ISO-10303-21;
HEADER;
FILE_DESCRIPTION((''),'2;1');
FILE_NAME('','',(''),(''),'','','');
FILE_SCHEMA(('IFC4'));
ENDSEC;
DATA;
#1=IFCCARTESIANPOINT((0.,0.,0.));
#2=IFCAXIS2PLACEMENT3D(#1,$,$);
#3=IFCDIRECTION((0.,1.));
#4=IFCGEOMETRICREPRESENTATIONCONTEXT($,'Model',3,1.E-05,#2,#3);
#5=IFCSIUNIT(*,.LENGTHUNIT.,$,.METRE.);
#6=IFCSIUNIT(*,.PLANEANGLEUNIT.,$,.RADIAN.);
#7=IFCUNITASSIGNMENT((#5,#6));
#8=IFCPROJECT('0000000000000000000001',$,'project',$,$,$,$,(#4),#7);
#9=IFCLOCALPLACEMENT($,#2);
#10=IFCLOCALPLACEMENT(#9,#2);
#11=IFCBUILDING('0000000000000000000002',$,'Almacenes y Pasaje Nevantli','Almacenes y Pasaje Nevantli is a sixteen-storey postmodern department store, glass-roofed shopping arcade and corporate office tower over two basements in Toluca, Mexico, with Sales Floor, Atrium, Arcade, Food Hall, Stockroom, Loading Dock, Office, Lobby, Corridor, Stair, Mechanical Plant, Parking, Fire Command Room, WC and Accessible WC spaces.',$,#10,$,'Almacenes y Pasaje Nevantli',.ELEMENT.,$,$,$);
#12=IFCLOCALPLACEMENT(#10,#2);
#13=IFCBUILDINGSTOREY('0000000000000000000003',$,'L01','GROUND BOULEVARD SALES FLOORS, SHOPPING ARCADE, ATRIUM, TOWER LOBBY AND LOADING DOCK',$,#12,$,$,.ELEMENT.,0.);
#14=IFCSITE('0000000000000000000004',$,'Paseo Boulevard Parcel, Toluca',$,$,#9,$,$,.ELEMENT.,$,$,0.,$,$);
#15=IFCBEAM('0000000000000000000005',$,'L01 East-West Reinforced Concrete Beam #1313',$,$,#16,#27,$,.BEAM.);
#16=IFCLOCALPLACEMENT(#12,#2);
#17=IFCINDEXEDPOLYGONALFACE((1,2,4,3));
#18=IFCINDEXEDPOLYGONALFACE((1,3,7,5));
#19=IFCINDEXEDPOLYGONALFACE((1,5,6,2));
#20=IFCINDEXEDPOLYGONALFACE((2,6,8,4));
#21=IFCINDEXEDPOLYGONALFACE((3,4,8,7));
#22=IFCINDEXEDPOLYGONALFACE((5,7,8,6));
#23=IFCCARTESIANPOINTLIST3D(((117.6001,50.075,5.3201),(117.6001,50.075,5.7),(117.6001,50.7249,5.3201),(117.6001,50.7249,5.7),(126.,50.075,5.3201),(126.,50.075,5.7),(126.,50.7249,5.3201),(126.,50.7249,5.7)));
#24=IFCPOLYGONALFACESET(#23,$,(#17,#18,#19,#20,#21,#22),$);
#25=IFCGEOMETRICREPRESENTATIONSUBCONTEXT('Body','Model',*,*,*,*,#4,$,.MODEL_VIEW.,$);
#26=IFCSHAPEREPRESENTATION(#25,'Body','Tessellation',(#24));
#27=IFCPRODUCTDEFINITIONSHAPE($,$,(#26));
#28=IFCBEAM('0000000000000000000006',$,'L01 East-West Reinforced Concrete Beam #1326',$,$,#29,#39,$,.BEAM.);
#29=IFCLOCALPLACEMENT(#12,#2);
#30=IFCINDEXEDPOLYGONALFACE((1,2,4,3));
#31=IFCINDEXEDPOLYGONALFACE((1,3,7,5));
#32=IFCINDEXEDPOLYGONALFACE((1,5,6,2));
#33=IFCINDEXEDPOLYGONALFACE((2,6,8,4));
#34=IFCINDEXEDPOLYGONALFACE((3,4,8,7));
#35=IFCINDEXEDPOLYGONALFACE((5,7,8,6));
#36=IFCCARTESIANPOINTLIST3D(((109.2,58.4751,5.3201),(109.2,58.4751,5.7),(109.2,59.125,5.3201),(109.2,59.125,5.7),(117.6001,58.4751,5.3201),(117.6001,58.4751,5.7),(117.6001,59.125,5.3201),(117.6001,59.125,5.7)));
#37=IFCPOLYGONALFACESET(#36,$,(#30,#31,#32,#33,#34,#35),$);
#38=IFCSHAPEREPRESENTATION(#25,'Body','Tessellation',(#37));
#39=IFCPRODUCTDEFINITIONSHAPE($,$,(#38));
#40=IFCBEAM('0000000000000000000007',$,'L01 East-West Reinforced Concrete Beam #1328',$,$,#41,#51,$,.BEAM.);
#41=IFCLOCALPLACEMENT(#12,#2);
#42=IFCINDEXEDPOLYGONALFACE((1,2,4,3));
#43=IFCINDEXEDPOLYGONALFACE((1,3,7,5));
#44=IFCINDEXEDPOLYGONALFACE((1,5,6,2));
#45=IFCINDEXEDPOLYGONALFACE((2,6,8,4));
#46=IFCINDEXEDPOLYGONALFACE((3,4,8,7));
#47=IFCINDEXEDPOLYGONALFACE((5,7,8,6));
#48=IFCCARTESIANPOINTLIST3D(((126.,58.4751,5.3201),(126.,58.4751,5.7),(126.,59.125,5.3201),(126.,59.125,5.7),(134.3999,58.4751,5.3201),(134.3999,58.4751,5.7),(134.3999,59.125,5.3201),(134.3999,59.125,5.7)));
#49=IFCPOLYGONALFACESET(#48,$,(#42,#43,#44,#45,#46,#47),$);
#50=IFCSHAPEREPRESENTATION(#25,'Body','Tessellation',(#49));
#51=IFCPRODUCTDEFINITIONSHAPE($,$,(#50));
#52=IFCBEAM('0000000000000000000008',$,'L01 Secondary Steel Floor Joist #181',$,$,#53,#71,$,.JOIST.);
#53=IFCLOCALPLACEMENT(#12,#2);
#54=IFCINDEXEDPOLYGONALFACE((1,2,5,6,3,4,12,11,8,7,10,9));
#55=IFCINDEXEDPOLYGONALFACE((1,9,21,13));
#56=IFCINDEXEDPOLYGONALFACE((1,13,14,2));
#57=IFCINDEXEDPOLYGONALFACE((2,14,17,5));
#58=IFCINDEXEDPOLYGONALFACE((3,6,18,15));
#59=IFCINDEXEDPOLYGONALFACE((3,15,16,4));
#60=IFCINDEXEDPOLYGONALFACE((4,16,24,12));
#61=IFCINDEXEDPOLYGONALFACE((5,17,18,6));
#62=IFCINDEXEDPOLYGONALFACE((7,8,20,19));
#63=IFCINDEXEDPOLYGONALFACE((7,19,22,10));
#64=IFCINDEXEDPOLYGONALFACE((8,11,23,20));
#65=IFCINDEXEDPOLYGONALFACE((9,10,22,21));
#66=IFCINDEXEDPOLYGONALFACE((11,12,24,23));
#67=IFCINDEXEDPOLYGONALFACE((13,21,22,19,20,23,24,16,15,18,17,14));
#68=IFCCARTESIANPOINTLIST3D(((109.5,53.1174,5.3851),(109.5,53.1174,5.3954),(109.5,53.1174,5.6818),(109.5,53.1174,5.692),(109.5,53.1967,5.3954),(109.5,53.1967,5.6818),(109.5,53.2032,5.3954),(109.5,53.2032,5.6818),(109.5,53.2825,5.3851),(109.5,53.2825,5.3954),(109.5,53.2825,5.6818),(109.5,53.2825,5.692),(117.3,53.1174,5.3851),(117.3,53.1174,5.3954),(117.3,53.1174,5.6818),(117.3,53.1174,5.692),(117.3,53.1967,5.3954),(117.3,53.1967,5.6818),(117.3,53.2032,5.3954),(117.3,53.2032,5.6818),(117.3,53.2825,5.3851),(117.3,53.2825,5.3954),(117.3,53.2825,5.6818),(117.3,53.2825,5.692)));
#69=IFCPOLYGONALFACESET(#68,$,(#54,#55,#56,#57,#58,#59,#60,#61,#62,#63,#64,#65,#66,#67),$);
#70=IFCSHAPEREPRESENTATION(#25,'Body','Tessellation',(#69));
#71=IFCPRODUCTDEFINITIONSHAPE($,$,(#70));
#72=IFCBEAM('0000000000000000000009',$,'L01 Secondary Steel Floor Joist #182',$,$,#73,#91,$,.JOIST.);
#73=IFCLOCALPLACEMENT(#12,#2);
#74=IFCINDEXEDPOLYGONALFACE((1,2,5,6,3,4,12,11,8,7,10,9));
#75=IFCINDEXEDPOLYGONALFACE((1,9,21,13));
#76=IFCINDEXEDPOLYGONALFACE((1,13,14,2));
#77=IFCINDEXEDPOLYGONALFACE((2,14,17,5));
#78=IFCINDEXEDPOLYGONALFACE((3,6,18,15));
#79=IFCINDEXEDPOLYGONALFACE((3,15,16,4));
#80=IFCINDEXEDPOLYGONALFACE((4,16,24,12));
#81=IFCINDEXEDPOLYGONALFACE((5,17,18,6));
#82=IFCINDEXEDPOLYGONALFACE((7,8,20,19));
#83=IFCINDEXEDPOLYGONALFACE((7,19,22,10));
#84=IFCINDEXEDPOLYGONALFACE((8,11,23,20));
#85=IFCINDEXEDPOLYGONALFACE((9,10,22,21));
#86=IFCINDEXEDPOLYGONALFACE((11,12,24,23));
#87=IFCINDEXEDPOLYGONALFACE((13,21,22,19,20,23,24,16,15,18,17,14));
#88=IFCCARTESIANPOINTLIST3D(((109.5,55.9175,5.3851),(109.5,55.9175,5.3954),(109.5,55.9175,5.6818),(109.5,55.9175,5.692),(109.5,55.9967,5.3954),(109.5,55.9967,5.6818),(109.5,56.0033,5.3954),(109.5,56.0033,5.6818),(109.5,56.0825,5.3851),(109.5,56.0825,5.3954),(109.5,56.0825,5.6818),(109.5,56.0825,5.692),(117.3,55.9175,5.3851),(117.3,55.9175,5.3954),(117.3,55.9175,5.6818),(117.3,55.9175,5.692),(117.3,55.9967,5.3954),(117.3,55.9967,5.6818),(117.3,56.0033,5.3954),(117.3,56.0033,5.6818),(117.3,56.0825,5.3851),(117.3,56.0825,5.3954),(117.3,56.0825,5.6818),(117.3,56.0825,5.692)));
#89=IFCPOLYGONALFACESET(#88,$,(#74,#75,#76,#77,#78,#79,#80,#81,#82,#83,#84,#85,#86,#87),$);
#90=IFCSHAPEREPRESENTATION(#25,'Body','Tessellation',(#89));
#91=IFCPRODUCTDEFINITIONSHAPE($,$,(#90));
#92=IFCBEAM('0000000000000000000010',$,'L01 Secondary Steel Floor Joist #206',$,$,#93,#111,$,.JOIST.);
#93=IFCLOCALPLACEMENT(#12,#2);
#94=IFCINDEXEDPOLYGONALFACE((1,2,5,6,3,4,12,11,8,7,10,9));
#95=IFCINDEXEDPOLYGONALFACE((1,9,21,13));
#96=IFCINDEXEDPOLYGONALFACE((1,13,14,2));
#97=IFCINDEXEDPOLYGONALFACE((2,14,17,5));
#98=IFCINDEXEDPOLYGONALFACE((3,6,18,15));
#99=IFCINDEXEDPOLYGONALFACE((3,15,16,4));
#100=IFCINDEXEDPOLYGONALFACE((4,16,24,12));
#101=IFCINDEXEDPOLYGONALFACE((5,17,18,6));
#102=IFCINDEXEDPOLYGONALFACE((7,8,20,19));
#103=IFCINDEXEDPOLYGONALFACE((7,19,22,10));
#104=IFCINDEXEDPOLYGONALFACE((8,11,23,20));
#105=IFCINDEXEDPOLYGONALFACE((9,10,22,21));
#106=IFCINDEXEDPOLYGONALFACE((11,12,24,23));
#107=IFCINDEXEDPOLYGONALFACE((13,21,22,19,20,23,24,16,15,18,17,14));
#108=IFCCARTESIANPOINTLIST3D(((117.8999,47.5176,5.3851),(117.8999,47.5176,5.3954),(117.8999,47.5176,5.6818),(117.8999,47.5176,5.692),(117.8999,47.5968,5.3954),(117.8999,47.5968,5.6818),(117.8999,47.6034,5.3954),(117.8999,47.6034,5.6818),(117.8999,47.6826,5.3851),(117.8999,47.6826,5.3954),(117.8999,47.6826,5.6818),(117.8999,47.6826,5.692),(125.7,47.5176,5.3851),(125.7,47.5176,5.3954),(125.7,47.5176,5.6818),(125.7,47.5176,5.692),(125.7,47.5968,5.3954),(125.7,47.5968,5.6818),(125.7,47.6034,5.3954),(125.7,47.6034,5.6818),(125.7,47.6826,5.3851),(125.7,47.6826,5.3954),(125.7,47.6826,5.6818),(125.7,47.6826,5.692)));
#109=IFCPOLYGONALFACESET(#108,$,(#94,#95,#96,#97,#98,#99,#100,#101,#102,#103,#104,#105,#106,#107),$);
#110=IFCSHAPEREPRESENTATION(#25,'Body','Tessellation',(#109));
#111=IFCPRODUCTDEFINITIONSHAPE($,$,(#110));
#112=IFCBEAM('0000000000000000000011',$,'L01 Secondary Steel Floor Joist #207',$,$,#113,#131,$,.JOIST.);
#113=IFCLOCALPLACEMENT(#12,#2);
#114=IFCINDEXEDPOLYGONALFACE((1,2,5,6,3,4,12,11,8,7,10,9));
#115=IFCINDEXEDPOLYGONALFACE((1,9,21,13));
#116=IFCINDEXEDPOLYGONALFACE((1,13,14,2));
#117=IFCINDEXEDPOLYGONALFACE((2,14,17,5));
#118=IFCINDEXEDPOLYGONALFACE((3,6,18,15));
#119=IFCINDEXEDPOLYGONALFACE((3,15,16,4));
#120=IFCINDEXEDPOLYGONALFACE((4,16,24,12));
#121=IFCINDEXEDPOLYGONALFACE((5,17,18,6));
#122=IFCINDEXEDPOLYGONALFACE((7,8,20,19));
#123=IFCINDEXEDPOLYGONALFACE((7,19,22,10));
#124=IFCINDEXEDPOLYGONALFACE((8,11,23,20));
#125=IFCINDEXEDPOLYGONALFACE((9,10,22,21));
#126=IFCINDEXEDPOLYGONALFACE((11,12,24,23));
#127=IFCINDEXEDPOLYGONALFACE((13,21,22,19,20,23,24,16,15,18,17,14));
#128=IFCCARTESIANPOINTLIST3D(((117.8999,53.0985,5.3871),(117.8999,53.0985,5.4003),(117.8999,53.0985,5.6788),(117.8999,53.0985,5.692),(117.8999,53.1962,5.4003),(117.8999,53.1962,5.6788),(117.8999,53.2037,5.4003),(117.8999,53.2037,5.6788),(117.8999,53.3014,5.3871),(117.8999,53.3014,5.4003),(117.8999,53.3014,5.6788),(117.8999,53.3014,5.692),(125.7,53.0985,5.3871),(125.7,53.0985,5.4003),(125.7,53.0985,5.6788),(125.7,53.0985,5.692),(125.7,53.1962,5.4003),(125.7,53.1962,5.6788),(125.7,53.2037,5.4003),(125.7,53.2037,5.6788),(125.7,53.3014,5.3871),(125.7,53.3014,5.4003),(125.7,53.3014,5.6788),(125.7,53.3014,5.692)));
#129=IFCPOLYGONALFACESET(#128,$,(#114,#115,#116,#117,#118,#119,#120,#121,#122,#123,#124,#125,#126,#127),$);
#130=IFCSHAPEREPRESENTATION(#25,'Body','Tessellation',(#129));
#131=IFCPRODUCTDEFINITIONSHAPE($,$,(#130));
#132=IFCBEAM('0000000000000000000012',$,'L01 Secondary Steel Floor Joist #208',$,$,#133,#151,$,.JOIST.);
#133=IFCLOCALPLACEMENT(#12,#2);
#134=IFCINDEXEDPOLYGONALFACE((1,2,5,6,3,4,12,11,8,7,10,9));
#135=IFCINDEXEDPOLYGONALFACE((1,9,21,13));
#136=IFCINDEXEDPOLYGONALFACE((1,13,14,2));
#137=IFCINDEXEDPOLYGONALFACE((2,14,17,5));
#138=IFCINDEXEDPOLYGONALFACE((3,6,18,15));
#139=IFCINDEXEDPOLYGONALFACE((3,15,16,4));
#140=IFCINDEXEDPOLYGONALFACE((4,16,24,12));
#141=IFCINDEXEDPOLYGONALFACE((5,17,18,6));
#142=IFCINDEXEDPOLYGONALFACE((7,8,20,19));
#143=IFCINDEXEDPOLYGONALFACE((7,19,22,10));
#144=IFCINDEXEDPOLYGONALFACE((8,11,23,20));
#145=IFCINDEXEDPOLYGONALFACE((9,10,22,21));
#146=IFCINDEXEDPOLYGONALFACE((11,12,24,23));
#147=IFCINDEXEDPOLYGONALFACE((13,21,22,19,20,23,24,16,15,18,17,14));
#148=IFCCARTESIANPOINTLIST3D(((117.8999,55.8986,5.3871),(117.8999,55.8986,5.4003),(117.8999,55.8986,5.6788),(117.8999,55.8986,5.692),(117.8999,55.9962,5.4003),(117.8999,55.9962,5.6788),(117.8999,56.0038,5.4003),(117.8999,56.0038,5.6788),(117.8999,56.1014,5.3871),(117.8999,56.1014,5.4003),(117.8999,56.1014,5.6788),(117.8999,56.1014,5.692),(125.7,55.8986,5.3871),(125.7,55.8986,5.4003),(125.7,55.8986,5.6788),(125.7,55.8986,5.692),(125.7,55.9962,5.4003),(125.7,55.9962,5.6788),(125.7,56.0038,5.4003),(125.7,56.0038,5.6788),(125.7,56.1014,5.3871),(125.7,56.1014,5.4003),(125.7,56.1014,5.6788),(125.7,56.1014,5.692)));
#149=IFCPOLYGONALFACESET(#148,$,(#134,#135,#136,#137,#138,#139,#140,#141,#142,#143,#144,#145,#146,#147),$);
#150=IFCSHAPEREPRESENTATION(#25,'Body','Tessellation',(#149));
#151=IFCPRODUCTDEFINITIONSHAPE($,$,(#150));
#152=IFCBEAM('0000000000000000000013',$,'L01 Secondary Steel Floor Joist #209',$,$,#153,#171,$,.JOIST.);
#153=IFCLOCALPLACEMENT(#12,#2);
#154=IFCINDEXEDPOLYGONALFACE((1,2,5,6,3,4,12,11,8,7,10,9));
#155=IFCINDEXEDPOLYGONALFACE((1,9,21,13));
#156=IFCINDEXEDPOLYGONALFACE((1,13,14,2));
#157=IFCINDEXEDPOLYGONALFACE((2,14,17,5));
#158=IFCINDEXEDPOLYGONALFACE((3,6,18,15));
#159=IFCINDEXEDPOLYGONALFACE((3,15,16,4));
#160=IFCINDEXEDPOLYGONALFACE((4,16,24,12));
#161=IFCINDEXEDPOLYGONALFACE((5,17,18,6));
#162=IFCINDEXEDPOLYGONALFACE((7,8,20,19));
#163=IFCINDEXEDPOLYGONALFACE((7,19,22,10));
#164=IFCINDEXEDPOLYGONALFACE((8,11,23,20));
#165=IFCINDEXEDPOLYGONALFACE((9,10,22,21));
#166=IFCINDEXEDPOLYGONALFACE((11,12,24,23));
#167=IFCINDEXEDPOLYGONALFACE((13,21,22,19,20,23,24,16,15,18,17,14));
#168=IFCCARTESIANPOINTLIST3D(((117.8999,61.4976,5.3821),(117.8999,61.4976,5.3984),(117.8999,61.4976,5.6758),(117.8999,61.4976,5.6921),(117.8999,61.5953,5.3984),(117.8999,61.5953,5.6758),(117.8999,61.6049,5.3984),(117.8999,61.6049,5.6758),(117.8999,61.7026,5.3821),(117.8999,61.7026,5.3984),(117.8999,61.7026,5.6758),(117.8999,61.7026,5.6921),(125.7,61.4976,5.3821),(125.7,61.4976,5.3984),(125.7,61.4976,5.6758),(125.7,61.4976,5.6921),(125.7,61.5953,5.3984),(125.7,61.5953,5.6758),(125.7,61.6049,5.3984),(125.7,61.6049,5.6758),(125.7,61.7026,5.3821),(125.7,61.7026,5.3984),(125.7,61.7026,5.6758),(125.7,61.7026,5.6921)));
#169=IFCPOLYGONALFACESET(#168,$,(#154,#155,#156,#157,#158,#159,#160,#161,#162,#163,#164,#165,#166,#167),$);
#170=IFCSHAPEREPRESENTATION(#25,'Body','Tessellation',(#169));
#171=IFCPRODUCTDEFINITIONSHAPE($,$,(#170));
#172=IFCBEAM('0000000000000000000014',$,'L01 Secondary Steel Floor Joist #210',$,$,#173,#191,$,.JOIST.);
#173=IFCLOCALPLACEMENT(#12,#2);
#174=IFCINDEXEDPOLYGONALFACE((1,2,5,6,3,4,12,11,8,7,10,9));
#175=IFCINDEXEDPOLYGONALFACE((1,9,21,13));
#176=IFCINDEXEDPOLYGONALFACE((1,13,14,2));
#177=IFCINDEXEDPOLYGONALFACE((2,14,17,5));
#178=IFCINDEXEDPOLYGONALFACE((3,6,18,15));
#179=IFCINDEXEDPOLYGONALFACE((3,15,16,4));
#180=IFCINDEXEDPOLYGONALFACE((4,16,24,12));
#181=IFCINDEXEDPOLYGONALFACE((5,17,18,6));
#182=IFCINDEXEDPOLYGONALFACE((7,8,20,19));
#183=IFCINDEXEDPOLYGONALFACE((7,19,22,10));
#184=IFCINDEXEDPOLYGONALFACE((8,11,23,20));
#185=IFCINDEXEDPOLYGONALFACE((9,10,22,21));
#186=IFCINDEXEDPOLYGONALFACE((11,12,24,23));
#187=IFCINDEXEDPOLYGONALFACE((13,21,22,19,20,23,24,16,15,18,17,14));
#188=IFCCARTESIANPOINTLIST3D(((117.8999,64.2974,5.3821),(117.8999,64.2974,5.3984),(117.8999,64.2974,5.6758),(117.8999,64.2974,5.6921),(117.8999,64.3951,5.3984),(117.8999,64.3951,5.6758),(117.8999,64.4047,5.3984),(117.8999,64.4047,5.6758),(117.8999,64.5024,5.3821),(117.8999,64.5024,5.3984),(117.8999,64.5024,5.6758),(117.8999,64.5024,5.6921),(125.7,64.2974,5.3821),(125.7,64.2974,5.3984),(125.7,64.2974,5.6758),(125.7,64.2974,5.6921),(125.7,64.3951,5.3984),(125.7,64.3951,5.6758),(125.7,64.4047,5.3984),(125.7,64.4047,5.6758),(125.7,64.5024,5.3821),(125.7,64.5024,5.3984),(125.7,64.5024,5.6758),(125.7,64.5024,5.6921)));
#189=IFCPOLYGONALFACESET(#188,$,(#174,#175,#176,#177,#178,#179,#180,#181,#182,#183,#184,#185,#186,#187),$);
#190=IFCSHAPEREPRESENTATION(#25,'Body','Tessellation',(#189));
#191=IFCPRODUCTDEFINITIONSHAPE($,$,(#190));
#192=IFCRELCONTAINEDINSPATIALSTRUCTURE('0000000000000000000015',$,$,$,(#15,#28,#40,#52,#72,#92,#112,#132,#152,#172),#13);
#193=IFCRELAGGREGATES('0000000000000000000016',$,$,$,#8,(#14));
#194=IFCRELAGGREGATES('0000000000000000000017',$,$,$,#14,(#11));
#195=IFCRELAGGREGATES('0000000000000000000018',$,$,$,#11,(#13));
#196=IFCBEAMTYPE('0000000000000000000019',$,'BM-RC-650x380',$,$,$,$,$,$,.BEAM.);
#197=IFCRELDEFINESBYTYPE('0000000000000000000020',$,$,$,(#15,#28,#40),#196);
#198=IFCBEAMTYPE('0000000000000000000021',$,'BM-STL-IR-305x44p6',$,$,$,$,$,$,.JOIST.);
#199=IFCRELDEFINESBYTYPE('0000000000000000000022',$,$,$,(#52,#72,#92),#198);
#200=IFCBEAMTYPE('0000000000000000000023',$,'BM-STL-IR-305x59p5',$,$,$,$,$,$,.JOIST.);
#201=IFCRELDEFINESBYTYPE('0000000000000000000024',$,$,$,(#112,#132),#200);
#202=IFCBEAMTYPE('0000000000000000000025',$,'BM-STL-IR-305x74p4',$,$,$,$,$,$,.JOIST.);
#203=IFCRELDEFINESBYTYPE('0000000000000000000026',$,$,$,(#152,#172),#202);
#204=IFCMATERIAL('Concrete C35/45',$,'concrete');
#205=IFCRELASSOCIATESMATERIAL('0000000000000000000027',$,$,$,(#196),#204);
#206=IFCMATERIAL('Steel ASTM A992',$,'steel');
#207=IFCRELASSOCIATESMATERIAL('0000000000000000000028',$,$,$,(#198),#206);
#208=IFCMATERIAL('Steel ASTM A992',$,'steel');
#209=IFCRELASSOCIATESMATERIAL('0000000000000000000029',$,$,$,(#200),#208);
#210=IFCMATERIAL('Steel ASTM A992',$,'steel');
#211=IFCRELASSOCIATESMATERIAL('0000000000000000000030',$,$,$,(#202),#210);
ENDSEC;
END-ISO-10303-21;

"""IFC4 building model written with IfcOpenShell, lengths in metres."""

from ifc_helpers import new_model, si_unit, direction, frame, origin, origin_2d, place, context, subcontext, project, spatial, rectangle, i_section, extrude, material, material_profile, profile_set, type_object, element, save


model = new_model("IFC4")

# Units and contexts
model_context = context("Model", 3, precision=1e-05, world=origin(), true_north=direction((0.0, 1.0)))
body_context = subcontext(model_context, "Body", "Model", "MODEL_VIEW")
ifc_project = project(units=[si_unit("LENGTHUNIT", "METRE"), si_unit("PLANEANGLEUNIT", "RADIAN")], contexts=[model_context])

# Site, building, storey
site_placement = place(None, origin())
site = spatial("IfcSite", under=ifc_project, at=site_placement, Name="Paseo Boulevard Parcel, Toluca", CompositionType="ELEMENT", RefElevation=0.0)
building_placement = place(site_placement, origin())
building = spatial("IfcBuilding", under=site, at=building_placement, Name="Almacenes y Pasaje Nevantli", Description="Almacenes y Pasaje Nevantli is a sixteen-storey postmodern department store, glass-roofed shopping arcade and corporate office tower over two basements in Toluca, Mexico, with Sales Floor, Atrium, Arcade, Food Hall, Stockroom, Loading Dock, Office, Lobby, Corridor, Stair, Mechanical Plant, Parking, Fire Command Room, WC and Accessible WC spaces.", LongName="Almacenes y Pasaje Nevantli", CompositionType="ELEMENT")
storey_placement = place(building_placement, origin())
storey = spatial("IfcBuildingStorey", under=building, at=storey_placement, Name="L01", Description="GROUND BOULEVARD SALES FLOORS, SHOPPING ARCADE, ATRIUM, TOWER LOBBY AND LOADING DOCK", CompositionType="ELEMENT", Elevation=0.0)

# Beams
ifc_material_1 = material(Name="Concrete C35/45", Category="concrete")
ifc_material_profile_1 = material_profile(ifc_material_1, rectangle(XDim=0.6499, YDim=0.3799, at=origin_2d()), Name="RC-BM-650x380")
ifc_profile_set_1 = profile_set([ifc_material_profile_1], Name="Concrete C35/45")
beam_type_1 = type_object("IfcBeamType", Name="BM-RC-650x380", PredefinedType="BEAM", material=ifc_profile_set_1)
beam_1_placement = place(storey_placement, frame((117.6001, 50.3999, 5.51), z_axis=(1.0, 0.0, 0.0), x_axis=(0.0, 1.0, 0.0)))
element("IfcBeam", 1, at=beam_1_placement, inside=storey, type_object=beam_type_1, Name="L01 East-West Reinforced Concrete Beam #1313", PredefinedType="BEAM", context=body_context, shape_type="SweptSolid", body=[
    extrude(rectangle(XDim=0.6499, YDim=0.3799, at=origin_2d()), origin(), (0.0, 0.0, 1.0), 8.3999),
])
beam_2_placement = place(storey_placement, frame((109.2, 58.8, 5.51), z_axis=(1.0, 0.0, 0.0), x_axis=(0.0, 1.0, 0.0)))
element("IfcBeam", 2, at=beam_2_placement, inside=storey, type_object=beam_type_1, Name="L01 East-West Reinforced Concrete Beam #1326", PredefinedType="BEAM", context=body_context, shape_type="SweptSolid", body=[
    extrude(rectangle(XDim=0.6499, YDim=0.3799, at=origin_2d()), origin(), (0.0, 0.0, 1.0), 8.4001),
])
beam_3_placement = place(storey_placement, frame((126.0, 58.8, 5.51), z_axis=(1.0, 0.0, 0.0), x_axis=(0.0, 1.0, 0.0)))
element("IfcBeam", 3, at=beam_3_placement, inside=storey, type_object=beam_type_1, Name="L01 East-West Reinforced Concrete Beam #1328", PredefinedType="BEAM", context=body_context, shape_type="SweptSolid", body=[
    extrude(rectangle(XDim=0.6499, YDim=0.3799, at=origin_2d()), origin(), (0.0, 0.0, 1.0), 8.3999),
])
ifc_material_2 = material(Name="Steel ASTM A992", Category="steel")
ifc_material_profile_2 = material_profile(ifc_material_2, i_section(OverallWidth=0.165, OverallDepth=0.3069, WebThickness=0.0066, FlangeThickness=0.0103, at=origin_2d()), Name="IR 305x44.6")
ifc_profile_set_2 = profile_set([ifc_material_profile_2], Name="Steel ASTM A992")
beam_type_2 = type_object("IfcBeamType", Name="BM-STL-IR-305x44p6", PredefinedType="JOIST", material=ifc_profile_set_2)
for number, where, z_axis, x_axis, name in (
    (4, (109.5, 53.2, 5.5386), (1.0, 0.0, 0.0), (0.0, 1.0, 0.0), "L01 Secondary Steel Floor Joist #181"),
    (5, (109.5, 56.0, 5.5386), (1.0, 0.0, 0.0), (0.0, 1.0, 0.0), "L01 Secondary Steel Floor Joist #182"),
    (6, (117.8999, 47.6001, 5.5386), (1.0, 0.0, 0.0), (0.0, 1.0, 0.0), "L01 Secondary Steel Floor Joist #206"),
):
    element("IfcBeam", number, at=place(storey_placement, frame(where, z_axis=z_axis, x_axis=x_axis)), inside=storey, type_object=beam_type_2, Name=name, PredefinedType="JOIST", context=body_context, shape_type="SweptSolid", body=[
        extrude(i_section(OverallWidth=0.165, OverallDepth=0.3069, WebThickness=0.0066, FlangeThickness=0.0103, at=origin_2d()), origin(), (0.0, 0.0, 1.0), 7.8),
    ])
ifc_material_3 = material(Name="Steel ASTM A992", Category="steel")
ifc_material_profile_3 = material_profile(ifc_material_3, i_section(OverallWidth=0.2029, OverallDepth=0.3049, WebThickness=0.0076, FlangeThickness=0.0132, at=origin_2d()), Name="IR 305x59.5")
ifc_profile_set_3 = profile_set([ifc_material_profile_3], Name="Steel ASTM A992")
beam_type_3 = type_object("IfcBeamType", Name="BM-STL-IR-305x59p5", PredefinedType="JOIST", material=ifc_profile_set_3)
for number, where, z_axis, x_axis, name in (
    (7, (117.8999, 53.2, 5.5396), (1.0, 0.0, 0.0), (0.0, 1.0, 0.0), "L01 Secondary Steel Floor Joist #207"),
    (8, (117.8999, 56.0, 5.5396), (1.0, 0.0, 0.0), (0.0, 1.0, 0.0), "L01 Secondary Steel Floor Joist #208"),
):
    element("IfcBeam", number, at=place(storey_placement, frame(where, z_axis=z_axis, x_axis=x_axis)), inside=storey, type_object=beam_type_3, Name=name, PredefinedType="JOIST", context=body_context, shape_type="SweptSolid", body=[
        extrude(i_section(OverallWidth=0.2029, OverallDepth=0.3049, WebThickness=0.0076, FlangeThickness=0.0132, at=origin_2d()), origin(), (0.0, 0.0, 1.0), 7.8),
    ])
ifc_material_4 = material(Name="Steel ASTM A992", Category="steel")
ifc_material_profile_4 = material_profile(ifc_material_4, i_section(OverallWidth=0.2051, OverallDepth=0.3101, WebThickness=0.0095, FlangeThickness=0.0164, at=origin_2d()), Name="IR 305x74.4")
ifc_profile_set_4 = profile_set([ifc_material_profile_4], Name="Steel ASTM A992")
beam_type_4 = type_object("IfcBeamType", Name="BM-STL-IR-305x74p4", PredefinedType="JOIST", material=ifc_profile_set_4)
for number, where, z_axis, x_axis, name in (
    (9, (117.8999, 61.6001, 5.5371), (1.0, 0.0, 0.0), (0.0, 1.0, 0.0), "L01 Secondary Steel Floor Joist #209"),
    (10, (117.8999, 64.3999, 5.5371), (1.0, 0.0, 0.0), (0.0, 1.0, 0.0), "L01 Secondary Steel Floor Joist #210"),
):
    element("IfcBeam", number, at=place(storey_placement, frame(where, z_axis=z_axis, x_axis=x_axis)), inside=storey, type_object=beam_type_4, Name=name, PredefinedType="JOIST", context=body_context, shape_type="SweptSolid", body=[
        extrude(i_section(OverallWidth=0.2051, OverallDepth=0.3101, WebThickness=0.0095, FlangeThickness=0.0164, at=origin_2d()), origin(), (0.0, 0.0, 1.0), 7.8),
    ])

save(model, "model.ifc")
